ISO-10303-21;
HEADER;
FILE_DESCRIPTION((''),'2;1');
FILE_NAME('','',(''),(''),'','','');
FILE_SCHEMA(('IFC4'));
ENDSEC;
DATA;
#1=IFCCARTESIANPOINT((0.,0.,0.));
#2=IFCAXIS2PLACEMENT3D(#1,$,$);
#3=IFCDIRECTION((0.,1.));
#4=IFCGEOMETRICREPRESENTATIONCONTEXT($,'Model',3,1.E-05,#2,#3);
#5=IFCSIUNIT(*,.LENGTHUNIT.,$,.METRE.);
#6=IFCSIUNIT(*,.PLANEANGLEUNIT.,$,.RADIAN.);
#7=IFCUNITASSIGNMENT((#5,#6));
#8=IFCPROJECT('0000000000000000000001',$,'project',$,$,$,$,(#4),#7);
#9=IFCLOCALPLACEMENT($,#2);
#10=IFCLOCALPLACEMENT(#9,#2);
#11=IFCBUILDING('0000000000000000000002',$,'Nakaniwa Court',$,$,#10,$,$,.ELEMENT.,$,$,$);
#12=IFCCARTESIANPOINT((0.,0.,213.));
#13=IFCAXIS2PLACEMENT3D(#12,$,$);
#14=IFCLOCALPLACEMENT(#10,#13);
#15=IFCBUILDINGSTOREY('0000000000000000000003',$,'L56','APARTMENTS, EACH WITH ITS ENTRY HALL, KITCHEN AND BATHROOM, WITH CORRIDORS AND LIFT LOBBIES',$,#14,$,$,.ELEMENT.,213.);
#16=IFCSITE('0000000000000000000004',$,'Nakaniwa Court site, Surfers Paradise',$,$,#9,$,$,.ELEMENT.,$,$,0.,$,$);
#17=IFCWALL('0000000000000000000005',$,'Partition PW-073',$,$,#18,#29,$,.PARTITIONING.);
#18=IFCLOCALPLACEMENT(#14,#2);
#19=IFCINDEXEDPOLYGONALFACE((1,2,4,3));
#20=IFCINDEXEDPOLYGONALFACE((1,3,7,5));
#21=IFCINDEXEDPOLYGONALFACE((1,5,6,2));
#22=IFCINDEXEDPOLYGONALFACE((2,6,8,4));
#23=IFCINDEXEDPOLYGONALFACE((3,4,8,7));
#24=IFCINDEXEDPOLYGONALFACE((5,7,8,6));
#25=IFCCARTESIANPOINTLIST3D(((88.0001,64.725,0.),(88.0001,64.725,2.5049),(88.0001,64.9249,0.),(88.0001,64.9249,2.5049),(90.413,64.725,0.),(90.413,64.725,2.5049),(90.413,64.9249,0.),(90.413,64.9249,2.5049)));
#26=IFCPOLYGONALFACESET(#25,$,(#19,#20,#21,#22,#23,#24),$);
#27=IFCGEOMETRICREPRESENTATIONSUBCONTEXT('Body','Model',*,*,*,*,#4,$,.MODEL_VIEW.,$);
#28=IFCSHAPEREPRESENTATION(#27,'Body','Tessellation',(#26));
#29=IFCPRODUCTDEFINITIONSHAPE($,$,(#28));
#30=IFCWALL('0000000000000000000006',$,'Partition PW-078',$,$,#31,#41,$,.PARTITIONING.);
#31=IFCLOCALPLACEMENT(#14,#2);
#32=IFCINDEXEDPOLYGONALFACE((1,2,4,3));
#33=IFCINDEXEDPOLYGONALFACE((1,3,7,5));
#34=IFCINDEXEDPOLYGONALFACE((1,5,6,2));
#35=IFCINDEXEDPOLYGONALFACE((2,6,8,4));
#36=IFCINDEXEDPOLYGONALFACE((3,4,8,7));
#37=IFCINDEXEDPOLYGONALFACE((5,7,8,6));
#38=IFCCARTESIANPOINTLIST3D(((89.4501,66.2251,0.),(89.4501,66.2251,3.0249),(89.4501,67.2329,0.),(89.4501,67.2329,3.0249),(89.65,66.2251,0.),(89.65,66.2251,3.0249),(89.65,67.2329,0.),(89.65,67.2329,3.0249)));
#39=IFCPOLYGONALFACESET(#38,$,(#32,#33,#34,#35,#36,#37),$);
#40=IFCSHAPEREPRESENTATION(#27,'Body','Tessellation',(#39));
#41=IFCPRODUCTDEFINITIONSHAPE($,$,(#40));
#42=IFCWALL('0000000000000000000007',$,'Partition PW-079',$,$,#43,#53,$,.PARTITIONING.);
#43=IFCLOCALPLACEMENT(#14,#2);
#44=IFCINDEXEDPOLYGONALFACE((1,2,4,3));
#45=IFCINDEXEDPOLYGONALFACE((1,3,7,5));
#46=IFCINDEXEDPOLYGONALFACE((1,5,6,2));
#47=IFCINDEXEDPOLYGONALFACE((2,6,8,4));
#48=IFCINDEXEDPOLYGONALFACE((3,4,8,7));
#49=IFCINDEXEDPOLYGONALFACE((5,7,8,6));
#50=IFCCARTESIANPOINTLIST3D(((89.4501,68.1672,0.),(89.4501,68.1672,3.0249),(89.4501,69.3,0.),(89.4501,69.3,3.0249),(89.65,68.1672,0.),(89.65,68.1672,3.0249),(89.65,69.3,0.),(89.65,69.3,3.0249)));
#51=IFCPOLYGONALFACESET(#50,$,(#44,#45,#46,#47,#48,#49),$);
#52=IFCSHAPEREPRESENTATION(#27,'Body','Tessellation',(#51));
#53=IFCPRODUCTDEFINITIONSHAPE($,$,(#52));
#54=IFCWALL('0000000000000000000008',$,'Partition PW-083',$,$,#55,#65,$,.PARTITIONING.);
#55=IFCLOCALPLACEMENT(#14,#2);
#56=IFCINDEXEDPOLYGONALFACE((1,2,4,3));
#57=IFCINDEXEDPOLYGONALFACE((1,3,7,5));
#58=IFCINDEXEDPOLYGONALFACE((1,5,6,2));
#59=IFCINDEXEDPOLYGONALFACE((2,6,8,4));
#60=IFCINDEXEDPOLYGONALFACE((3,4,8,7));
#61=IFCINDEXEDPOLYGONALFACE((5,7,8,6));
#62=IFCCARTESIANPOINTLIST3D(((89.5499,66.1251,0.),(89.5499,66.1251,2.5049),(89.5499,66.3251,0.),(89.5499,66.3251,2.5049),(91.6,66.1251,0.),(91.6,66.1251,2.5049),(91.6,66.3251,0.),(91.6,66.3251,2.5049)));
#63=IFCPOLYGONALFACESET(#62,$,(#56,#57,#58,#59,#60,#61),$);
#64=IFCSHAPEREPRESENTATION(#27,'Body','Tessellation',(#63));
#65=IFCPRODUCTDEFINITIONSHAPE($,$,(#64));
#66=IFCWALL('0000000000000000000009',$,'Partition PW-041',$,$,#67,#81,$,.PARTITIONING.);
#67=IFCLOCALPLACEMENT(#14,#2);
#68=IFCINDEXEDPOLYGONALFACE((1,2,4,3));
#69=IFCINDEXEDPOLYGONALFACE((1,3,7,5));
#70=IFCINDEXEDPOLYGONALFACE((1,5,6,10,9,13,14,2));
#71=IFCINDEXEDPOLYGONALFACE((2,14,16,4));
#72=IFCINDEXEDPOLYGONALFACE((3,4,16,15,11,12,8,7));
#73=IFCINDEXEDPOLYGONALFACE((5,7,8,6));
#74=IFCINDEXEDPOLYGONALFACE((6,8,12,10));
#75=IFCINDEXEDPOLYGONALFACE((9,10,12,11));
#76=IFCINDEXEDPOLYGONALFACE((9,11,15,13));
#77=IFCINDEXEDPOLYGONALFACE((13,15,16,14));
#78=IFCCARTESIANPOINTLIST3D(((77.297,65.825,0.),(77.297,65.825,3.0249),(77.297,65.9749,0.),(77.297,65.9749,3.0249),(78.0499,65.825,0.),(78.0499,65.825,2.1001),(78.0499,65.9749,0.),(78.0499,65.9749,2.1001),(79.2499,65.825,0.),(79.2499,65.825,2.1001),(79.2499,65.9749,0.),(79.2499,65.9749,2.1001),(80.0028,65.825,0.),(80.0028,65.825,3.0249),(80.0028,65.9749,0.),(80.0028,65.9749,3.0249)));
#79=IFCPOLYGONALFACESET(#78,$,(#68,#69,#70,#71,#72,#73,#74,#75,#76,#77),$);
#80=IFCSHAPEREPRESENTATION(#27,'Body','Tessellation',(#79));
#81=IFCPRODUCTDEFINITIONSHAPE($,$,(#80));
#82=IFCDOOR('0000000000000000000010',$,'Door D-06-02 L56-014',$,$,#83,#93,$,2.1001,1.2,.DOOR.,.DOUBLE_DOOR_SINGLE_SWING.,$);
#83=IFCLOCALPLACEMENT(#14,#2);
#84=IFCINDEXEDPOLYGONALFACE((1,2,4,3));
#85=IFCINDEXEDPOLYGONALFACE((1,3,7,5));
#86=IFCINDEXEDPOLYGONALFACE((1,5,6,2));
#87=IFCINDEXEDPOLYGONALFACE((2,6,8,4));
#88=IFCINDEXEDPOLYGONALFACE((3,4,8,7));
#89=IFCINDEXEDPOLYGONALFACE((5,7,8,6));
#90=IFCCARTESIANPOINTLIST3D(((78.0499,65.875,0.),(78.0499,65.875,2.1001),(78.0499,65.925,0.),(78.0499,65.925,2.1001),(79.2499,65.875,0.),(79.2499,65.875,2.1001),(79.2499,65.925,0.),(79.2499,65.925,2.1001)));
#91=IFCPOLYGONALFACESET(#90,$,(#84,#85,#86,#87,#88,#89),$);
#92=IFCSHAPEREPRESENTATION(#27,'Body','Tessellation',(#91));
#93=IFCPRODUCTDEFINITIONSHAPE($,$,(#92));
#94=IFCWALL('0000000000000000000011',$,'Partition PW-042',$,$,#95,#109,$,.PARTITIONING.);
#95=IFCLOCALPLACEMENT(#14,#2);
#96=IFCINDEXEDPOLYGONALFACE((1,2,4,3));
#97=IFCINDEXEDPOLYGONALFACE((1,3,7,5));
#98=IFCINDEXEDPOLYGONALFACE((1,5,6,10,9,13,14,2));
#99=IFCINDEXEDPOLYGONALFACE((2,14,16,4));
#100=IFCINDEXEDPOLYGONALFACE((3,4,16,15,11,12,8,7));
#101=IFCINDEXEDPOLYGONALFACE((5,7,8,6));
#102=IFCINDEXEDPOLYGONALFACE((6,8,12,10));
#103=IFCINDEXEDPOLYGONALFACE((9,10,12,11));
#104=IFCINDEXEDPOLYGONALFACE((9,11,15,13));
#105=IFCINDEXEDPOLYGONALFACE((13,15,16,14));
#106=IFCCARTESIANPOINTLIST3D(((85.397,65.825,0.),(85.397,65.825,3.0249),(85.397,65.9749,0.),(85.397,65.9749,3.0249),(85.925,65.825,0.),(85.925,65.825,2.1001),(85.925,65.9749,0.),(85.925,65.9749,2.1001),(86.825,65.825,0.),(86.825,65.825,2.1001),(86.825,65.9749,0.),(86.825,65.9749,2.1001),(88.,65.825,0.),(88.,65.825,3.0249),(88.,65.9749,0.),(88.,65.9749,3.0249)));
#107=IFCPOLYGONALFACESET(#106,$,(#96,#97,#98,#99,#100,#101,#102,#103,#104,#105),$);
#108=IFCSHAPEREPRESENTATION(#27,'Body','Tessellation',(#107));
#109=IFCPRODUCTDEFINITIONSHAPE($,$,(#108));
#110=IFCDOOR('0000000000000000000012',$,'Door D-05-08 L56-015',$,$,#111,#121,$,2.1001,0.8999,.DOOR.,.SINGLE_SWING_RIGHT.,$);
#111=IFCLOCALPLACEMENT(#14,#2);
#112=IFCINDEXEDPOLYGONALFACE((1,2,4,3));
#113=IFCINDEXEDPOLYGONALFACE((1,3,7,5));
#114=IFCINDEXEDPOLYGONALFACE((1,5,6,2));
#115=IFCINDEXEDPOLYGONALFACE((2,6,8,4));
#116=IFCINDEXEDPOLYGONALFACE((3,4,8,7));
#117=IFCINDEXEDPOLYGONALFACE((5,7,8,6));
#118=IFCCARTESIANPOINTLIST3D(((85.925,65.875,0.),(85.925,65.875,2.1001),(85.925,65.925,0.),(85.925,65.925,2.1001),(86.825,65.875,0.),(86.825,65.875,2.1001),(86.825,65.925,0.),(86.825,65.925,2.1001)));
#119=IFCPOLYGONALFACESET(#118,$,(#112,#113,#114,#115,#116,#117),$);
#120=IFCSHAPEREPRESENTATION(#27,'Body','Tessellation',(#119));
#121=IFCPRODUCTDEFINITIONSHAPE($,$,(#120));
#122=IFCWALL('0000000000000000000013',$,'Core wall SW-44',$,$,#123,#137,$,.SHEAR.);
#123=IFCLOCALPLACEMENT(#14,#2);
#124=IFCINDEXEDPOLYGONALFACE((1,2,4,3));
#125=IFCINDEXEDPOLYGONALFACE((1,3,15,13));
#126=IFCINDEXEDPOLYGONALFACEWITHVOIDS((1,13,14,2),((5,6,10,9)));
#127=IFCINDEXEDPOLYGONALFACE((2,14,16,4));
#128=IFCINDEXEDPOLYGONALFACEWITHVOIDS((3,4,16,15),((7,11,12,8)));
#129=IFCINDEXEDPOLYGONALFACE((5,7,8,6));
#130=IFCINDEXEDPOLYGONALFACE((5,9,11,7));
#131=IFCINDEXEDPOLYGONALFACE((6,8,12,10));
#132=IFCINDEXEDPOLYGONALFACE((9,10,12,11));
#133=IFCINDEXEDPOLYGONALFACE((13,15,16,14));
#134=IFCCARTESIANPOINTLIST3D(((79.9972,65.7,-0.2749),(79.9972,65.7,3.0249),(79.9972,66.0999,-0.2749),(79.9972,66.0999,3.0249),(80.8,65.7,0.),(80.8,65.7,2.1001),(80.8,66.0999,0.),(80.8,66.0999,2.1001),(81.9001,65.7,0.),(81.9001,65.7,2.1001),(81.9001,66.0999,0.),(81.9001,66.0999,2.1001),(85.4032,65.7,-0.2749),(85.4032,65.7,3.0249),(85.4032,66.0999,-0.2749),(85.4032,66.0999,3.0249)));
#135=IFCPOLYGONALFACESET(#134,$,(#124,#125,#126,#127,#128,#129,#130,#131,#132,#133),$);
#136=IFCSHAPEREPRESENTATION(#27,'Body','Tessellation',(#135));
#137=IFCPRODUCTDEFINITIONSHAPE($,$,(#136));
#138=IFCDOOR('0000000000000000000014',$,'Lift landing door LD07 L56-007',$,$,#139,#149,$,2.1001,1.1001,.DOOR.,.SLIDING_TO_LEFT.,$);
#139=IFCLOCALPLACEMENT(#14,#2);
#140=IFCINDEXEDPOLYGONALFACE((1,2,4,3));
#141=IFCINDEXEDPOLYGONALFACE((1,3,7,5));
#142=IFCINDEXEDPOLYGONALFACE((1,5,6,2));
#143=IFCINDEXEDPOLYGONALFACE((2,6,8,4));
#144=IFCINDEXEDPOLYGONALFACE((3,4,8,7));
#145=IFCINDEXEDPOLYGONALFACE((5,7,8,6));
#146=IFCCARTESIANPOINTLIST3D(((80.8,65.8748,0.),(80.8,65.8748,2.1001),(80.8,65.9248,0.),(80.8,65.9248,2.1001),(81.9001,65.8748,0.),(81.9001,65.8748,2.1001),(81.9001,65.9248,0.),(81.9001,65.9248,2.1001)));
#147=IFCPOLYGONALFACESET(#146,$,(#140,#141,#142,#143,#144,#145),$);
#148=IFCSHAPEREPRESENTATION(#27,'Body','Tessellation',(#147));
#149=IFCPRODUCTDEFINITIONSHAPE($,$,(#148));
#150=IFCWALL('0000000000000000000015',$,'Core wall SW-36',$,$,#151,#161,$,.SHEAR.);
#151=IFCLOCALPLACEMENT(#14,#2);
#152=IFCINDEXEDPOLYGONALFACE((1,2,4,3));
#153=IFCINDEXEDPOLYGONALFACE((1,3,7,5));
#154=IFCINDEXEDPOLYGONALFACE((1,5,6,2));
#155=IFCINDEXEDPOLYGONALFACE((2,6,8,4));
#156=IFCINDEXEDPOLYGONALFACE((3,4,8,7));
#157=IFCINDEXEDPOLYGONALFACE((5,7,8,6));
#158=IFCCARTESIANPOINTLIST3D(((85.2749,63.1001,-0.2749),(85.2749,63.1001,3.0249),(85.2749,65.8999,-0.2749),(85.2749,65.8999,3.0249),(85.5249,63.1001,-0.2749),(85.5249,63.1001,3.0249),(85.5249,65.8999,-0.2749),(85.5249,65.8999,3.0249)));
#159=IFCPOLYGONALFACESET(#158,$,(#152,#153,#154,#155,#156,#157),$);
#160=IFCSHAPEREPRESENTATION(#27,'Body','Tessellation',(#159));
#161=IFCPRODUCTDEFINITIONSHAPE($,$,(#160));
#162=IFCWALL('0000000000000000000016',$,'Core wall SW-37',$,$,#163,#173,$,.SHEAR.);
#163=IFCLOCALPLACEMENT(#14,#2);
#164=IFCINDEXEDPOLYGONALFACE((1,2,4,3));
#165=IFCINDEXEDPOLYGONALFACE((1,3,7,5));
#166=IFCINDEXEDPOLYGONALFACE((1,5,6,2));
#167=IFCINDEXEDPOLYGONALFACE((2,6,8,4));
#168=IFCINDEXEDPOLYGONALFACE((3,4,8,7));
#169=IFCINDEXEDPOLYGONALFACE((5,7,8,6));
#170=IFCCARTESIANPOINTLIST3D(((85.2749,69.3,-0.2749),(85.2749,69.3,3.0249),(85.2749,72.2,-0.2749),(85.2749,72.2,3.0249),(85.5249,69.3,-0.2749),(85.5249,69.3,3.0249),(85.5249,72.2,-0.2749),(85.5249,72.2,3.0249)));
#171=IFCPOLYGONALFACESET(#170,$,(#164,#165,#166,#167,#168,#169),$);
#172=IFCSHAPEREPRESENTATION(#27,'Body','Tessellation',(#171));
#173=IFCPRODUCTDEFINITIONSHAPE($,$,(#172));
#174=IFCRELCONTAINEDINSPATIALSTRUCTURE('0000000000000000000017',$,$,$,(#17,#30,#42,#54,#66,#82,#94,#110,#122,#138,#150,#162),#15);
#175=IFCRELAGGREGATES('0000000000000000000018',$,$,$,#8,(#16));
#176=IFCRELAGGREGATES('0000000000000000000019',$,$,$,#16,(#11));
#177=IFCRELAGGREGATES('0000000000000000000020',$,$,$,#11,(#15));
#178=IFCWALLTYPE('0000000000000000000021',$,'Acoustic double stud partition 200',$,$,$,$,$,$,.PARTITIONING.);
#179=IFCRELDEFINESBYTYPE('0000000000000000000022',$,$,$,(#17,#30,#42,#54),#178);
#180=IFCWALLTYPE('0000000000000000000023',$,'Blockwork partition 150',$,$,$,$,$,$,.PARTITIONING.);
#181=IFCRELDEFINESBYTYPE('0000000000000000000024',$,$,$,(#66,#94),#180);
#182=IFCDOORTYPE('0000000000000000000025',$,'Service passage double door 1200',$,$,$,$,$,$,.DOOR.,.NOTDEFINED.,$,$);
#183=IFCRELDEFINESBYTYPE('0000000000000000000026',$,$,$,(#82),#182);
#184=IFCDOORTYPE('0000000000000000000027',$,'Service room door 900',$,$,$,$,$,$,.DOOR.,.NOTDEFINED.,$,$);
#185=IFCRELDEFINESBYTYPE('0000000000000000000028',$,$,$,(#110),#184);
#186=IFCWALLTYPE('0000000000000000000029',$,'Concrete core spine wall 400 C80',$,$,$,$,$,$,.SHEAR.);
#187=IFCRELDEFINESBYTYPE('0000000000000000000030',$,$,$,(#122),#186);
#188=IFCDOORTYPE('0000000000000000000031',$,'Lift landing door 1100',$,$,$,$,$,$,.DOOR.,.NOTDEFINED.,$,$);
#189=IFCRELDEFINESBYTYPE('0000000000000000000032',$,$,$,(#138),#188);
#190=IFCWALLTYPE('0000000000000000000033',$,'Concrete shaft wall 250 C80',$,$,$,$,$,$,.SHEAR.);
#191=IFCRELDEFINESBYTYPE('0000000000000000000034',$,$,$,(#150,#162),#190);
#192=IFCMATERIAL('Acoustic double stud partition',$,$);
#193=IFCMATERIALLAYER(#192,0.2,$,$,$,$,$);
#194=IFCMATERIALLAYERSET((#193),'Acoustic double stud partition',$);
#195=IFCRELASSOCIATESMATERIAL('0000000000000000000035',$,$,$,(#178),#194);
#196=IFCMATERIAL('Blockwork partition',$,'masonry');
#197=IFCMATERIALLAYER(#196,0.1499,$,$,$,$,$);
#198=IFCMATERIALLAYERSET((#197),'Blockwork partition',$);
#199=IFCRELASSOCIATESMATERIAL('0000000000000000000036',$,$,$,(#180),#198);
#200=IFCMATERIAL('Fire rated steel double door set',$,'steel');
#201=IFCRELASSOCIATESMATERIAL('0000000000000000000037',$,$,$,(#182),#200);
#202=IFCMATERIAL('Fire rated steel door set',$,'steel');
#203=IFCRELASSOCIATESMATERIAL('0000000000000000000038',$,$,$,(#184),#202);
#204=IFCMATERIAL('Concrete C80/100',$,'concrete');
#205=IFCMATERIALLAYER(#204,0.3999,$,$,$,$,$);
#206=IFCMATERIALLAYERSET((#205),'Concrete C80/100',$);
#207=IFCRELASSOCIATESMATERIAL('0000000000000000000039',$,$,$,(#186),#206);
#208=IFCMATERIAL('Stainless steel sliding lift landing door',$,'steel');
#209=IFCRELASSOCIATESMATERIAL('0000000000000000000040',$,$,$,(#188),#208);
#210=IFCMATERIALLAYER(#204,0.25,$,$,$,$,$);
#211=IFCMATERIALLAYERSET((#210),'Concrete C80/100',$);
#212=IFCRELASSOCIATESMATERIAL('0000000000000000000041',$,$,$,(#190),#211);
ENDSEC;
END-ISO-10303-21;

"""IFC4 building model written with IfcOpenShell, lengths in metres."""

from ifc_helpers import new_model, si_unit, direction, frame, frame_2d, origin, place, context, subcontext, project, spatial, rectangle, extrude, material, layer, layer_set, type_object, element, fill, save


model = new_model("IFC4")

# Units and contexts
model_context = context("Model", 3, precision=1e-05, world=origin(), true_north=direction((0.0, 1.0)))
body_context = subcontext(model_context, "Body", "Model", "MODEL_VIEW")
ifc_project = project(units=[si_unit("LENGTHUNIT", "METRE"), si_unit("PLANEANGLEUNIT", "RADIAN")], contexts=[model_context])

# Site, building, storey
site_placement = place(None, origin())
site = spatial("IfcSite", under=ifc_project, at=site_placement, Name="Nakaniwa Court site, Surfers Paradise", CompositionType="ELEMENT", RefElevation=0.0)
building_placement = place(site_placement, origin())
building = spatial("IfcBuilding", under=site, at=building_placement, Name="Nakaniwa Court", CompositionType="ELEMENT")
storey_placement = place(building_placement, frame((0.0, 0.0, 213.0)))
storey = spatial("IfcBuildingStorey", under=building, at=storey_placement, Name="L56", Description="APARTMENTS, EACH WITH ITS ENTRY HALL, KITCHEN AND BATHROOM, WITH CORRIDORS AND LIFT LOBBIES", CompositionType="ELEMENT", Elevation=213.0)

# Walls
ifc_material_1 = material(Name="Acoustic double stud partition")
ifc_layer_1 = layer(ifc_material_1, 0.2)
ifc_layer_set_1 = layer_set([ifc_layer_1], Name="Acoustic double stud partition")
wall_type_1 = type_object("IfcWallType", Name="Acoustic double stud partition 200", PredefinedType="PARTITIONING", material=ifc_layer_set_1)
wall_1_placement = place(storey_placement, frame((88.0, 64.825, 0.0), z_axis=(0.0, 0.0, 1.0), x_axis=(1.0, 0.0, 0.0)))
element("IfcWall", 1, at=wall_1_placement, inside=storey, type_object=wall_type_1, Name="Partition PW-073", PredefinedType="PARTITIONING", context=body_context, shape_type="SweptSolid", body=[
    extrude(rectangle(XDim=2.4128, YDim=0.2, at=frame_2d((1.2065, 0.0))), origin(), (0.0, 0.0, 1.0), 2.5049),
])
wall_2_placement = place(storey_placement, frame((89.55, 66.2251, 0.0), z_axis=(0.0, 0.0, 1.0), x_axis=(0.0, 1.0, 0.0)))
element("IfcWall", 2, at=wall_2_placement, inside=storey, type_object=wall_type_1, Name="Partition PW-078", PredefinedType="PARTITIONING", context=body_context, shape_type="SweptSolid", body=[
    extrude(rectangle(XDim=1.0078, YDim=0.2, at=frame_2d((0.5039, 0.0))), origin(), (0.0, 0.0, 1.0), 3.0249),
])
wall_3_placement = place(storey_placement, frame((89.55, 68.1672, 0.0), z_axis=(0.0, 0.0, 1.0), x_axis=(0.0, 1.0, 0.0)))
element("IfcWall", 3, at=wall_3_placement, inside=storey, type_object=wall_type_1, Name="Partition PW-079", PredefinedType="PARTITIONING", context=body_context, shape_type="SweptSolid", body=[
    extrude(rectangle(XDim=1.1328, YDim=0.2, at=frame_2d((0.5664, 0.0))), origin(), (0.0, 0.0, 1.0), 3.0249),
])
wall_4_placement = place(storey_placement, frame((89.55, 66.2251, 0.0), z_axis=(0.0, 0.0, 1.0), x_axis=(1.0, 0.0, 0.0)))
element("IfcWall", 4, at=wall_4_placement, inside=storey, type_object=wall_type_1, Name="Partition PW-083", PredefinedType="PARTITIONING", context=body_context, shape_type="SweptSolid", body=[
    extrude(rectangle(XDim=2.05, YDim=0.2, at=frame_2d((1.0249, 0.0))), origin(), (0.0, 0.0, 1.0), 2.5049),
])

# Walls, openings, doors
ifc_material_2 = material(Name="Blockwork partition", Category="masonry")
ifc_layer_2 = layer(ifc_material_2, 0.1499)
ifc_layer_set_2 = layer_set([ifc_layer_2], Name="Blockwork partition")
wall_type_2 = type_object("IfcWallType", Name="Blockwork partition 150", PredefinedType="PARTITIONING", material=ifc_layer_set_2)
wall_5_placement = place(storey_placement, frame((80.0029, 65.8999, 0.0), z_axis=(0.0, 0.0, 1.0), x_axis=(-1.0, 0.0, 0.0)))
wall_5 = element("IfcWall", 5, at=wall_5_placement, inside=storey, type_object=wall_type_2, Name="Partition PW-041", PredefinedType="PARTITIONING", context=body_context, shape_type="SweptSolid", body=[
    extrude(rectangle(XDim=2.7058, YDim=0.1499, at=frame_2d((1.353, 0.0))), origin(), (0.0, 0.0, 1.0), 3.0249),
])
opening_1_placement = place(wall_5_placement, frame((0.7529, 0.0, 0.0)))
opening_1 = element("IfcOpeningElement", 6, at=opening_1_placement, cuts=wall_5, PredefinedType="OPENING", context=body_context, shape_type="SweptSolid", body=[
    extrude(rectangle(XDim=1.2, YDim=2.1001, at=frame_2d((0.6001, 1.05))), frame((0.0, 0.085, 0.0), z_axis=(0.0, -1.0, 0.0), x_axis=(1.0, 0.0, 0.0)), (0.0, 0.0, 1.0), 0.1699),
])
ifc_material_3 = material(Name="Fire rated steel double door set", Category="steel")
door_type_1 = type_object("IfcDoorType", Name="Service passage double door 1200", OperationType="NOTDEFINED", PredefinedType="DOOR", material=ifc_material_3)
door_1_placement = place(opening_1_placement, origin())
door_1 = element("IfcDoor", 7, at=door_1_placement, inside=storey, type_object=door_type_1, Name="Door D-06-02 L56-014", OperationType="DOUBLE_DOOR_SINGLE_SWING", OverallHeight=2.1001, OverallWidth=1.2, PredefinedType="DOOR", context=body_context, shape_type="SweptSolid", body=[
    extrude(rectangle(XDim=1.2, YDim=2.1001, at=frame_2d((0.6001, 1.05))), frame((0.0, 0.0249, 0.0), z_axis=(0.0, -1.0, 0.0), x_axis=(1.0, 0.0, 0.0)), (0.0, 0.0, 1.0), 0.05),
])
fill(opening_1, door_1)
wall_6_placement = place(storey_placement, frame((88.0, 65.8999, 0.0), z_axis=(0.0, 0.0, 1.0), x_axis=(-1.0, 0.0, 0.0)))
wall_6 = element("IfcWall", 8, at=wall_6_placement, inside=storey, type_object=wall_type_2, Name="Partition PW-042", PredefinedType="PARTITIONING", context=body_context, shape_type="SweptSolid", body=[
    extrude(rectangle(XDim=2.603, YDim=0.1499, at=frame_2d((1.3015, 0.0))), origin(), (0.0, 0.0, 1.0), 3.0249),
])
opening_2_placement = place(wall_6_placement, frame((1.175, 0.0, 0.0)))
opening_2 = element("IfcOpeningElement", 9, at=opening_2_placement, cuts=wall_6, PredefinedType="OPENING", context=body_context, shape_type="SweptSolid", body=[
    extrude(rectangle(XDim=0.8999, YDim=2.1001, at=frame_2d((0.45, 1.05))), frame((0.0, 0.085, 0.0), z_axis=(0.0, -1.0, 0.0), x_axis=(1.0, 0.0, 0.0)), (0.0, 0.0, 1.0), 0.1699),
])
ifc_material_4 = material(Name="Fire rated steel door set", Category="steel")
door_type_2 = type_object("IfcDoorType", Name="Service room door 900", OperationType="NOTDEFINED", PredefinedType="DOOR", material=ifc_material_4)
door_2_placement = place(opening_2_placement, origin())
door_2 = element("IfcDoor", 10, at=door_2_placement, inside=storey, type_object=door_type_2, Name="Door D-05-08 L56-015", OperationType="SINGLE_SWING_RIGHT", OverallHeight=2.1001, OverallWidth=0.8999, PredefinedType="DOOR", context=body_context, shape_type="SweptSolid", body=[
    extrude(rectangle(XDim=0.8999, YDim=2.1001, at=frame_2d((0.45, 1.05))), frame((0.0, 0.0249, 0.0), z_axis=(0.0, -1.0, 0.0), x_axis=(1.0, 0.0, 0.0)), (0.0, 0.0, 1.0), 0.05),
])
fill(opening_2, door_2)
ifc_material_5 = material(Name="Concrete C80/100", Category="concrete")
ifc_layer_3 = layer(ifc_material_5, 0.3999)
ifc_layer_set_3 = layer_set([ifc_layer_3], Name="Concrete C80/100")
wall_type_3 = type_object("IfcWallType", Name="Concrete core spine wall 400 C80", PredefinedType="SHEAR", material=ifc_layer_set_3)
wall_7_placement = place(storey_placement, frame((79.9971, 65.8999, -0.2749), z_axis=(0.0, 0.0, 1.0), x_axis=(1.0, 0.0, 0.0)))
wall_7 = element("IfcWall", 11, at=wall_7_placement, inside=storey, type_object=wall_type_3, Name="Core wall SW-44", PredefinedType="SHEAR", context=body_context, shape_type="SweptSolid", body=[
    extrude(rectangle(XDim=5.406, YDim=0.3999, at=frame_2d((2.7031, 0.0))), origin(), (0.0, 0.0, 1.0), 3.2998),
])
opening_3_placement = place(wall_7_placement, frame((0.803, 0.0, 0.2749)))
opening_3 = element("IfcOpeningElement", 12, at=opening_3_placement, cuts=wall_7, PredefinedType="OPENING", context=body_context, shape_type="SweptSolid", body=[
    extrude(rectangle(XDim=1.1001, YDim=2.1001, at=frame_2d((0.55, 1.05))), frame((0.0, 0.21, 0.0), z_axis=(0.0, -1.0, 0.0), x_axis=(1.0, 0.0, 0.0)), (0.0, 0.0, 1.0), 0.4199),
])
ifc_material_6 = material(Name="Stainless steel sliding lift landing door", Category="steel")
door_type_3 = type_object("IfcDoorType", Name="Lift landing door 1100", OperationType="NOTDEFINED", PredefinedType="DOOR", material=ifc_material_6)
door_3_placement = place(opening_3_placement, origin())
door_3 = element("IfcDoor", 13, at=door_3_placement, inside=storey, type_object=door_type_3, Name="Lift landing door LD07 L56-007", OperationType="SLIDING_TO_LEFT", OverallHeight=2.1001, OverallWidth=1.1001, PredefinedType="DOOR", context=body_context, shape_type="SweptSolid", body=[
    extrude(rectangle(XDim=1.1001, YDim=2.1001, at=frame_2d((0.55, 1.05))), frame((0.0, 0.0249, 0.0), z_axis=(0.0, -1.0, 0.0), x_axis=(1.0, 0.0, 0.0)), (0.0, 0.0, 1.0), 0.05),
])
fill(opening_3, door_3)

# Walls
ifc_layer_4 = layer(ifc_material_5, 0.25)
ifc_layer_set_4 = layer_set([ifc_layer_4], Name="Concrete C80/100")
wall_type_4 = type_object("IfcWallType", Name="Concrete shaft wall 250 C80", PredefinedType="SHEAR", material=ifc_layer_set_4)
wall_8_placement = place(storey_placement, frame((85.3999, 63.1001, -0.2749), z_axis=(0.0, 0.0, 1.0), x_axis=(0.0, 1.0, 0.0)))
element("IfcWall", 14, at=wall_8_placement, inside=storey, type_object=wall_type_4, Name="Core wall SW-36", PredefinedType="SHEAR", context=body_context, shape_type="SweptSolid", body=[
    extrude(rectangle(XDim=2.7998, YDim=0.25, at=frame_2d((1.3999, 0.0))), origin(), (0.0, 0.0, 1.0), 3.2998),
])
wall_9_placement = place(storey_placement, frame((85.3999, 69.3, -0.2749), z_axis=(0.0, 0.0, 1.0), x_axis=(0.0, 1.0, 0.0)))
element("IfcWall", 15, at=wall_9_placement, inside=storey, type_object=wall_type_4, Name="Core wall SW-37", PredefinedType="SHEAR", context=body_context, shape_type="SweptSolid", body=[
    extrude(rectangle(XDim=2.8999, YDim=0.25, at=frame_2d((1.45, 0.0))), origin(), (0.0, 0.0, 1.0), 3.2998),
])

save(model, "model.ifc")
